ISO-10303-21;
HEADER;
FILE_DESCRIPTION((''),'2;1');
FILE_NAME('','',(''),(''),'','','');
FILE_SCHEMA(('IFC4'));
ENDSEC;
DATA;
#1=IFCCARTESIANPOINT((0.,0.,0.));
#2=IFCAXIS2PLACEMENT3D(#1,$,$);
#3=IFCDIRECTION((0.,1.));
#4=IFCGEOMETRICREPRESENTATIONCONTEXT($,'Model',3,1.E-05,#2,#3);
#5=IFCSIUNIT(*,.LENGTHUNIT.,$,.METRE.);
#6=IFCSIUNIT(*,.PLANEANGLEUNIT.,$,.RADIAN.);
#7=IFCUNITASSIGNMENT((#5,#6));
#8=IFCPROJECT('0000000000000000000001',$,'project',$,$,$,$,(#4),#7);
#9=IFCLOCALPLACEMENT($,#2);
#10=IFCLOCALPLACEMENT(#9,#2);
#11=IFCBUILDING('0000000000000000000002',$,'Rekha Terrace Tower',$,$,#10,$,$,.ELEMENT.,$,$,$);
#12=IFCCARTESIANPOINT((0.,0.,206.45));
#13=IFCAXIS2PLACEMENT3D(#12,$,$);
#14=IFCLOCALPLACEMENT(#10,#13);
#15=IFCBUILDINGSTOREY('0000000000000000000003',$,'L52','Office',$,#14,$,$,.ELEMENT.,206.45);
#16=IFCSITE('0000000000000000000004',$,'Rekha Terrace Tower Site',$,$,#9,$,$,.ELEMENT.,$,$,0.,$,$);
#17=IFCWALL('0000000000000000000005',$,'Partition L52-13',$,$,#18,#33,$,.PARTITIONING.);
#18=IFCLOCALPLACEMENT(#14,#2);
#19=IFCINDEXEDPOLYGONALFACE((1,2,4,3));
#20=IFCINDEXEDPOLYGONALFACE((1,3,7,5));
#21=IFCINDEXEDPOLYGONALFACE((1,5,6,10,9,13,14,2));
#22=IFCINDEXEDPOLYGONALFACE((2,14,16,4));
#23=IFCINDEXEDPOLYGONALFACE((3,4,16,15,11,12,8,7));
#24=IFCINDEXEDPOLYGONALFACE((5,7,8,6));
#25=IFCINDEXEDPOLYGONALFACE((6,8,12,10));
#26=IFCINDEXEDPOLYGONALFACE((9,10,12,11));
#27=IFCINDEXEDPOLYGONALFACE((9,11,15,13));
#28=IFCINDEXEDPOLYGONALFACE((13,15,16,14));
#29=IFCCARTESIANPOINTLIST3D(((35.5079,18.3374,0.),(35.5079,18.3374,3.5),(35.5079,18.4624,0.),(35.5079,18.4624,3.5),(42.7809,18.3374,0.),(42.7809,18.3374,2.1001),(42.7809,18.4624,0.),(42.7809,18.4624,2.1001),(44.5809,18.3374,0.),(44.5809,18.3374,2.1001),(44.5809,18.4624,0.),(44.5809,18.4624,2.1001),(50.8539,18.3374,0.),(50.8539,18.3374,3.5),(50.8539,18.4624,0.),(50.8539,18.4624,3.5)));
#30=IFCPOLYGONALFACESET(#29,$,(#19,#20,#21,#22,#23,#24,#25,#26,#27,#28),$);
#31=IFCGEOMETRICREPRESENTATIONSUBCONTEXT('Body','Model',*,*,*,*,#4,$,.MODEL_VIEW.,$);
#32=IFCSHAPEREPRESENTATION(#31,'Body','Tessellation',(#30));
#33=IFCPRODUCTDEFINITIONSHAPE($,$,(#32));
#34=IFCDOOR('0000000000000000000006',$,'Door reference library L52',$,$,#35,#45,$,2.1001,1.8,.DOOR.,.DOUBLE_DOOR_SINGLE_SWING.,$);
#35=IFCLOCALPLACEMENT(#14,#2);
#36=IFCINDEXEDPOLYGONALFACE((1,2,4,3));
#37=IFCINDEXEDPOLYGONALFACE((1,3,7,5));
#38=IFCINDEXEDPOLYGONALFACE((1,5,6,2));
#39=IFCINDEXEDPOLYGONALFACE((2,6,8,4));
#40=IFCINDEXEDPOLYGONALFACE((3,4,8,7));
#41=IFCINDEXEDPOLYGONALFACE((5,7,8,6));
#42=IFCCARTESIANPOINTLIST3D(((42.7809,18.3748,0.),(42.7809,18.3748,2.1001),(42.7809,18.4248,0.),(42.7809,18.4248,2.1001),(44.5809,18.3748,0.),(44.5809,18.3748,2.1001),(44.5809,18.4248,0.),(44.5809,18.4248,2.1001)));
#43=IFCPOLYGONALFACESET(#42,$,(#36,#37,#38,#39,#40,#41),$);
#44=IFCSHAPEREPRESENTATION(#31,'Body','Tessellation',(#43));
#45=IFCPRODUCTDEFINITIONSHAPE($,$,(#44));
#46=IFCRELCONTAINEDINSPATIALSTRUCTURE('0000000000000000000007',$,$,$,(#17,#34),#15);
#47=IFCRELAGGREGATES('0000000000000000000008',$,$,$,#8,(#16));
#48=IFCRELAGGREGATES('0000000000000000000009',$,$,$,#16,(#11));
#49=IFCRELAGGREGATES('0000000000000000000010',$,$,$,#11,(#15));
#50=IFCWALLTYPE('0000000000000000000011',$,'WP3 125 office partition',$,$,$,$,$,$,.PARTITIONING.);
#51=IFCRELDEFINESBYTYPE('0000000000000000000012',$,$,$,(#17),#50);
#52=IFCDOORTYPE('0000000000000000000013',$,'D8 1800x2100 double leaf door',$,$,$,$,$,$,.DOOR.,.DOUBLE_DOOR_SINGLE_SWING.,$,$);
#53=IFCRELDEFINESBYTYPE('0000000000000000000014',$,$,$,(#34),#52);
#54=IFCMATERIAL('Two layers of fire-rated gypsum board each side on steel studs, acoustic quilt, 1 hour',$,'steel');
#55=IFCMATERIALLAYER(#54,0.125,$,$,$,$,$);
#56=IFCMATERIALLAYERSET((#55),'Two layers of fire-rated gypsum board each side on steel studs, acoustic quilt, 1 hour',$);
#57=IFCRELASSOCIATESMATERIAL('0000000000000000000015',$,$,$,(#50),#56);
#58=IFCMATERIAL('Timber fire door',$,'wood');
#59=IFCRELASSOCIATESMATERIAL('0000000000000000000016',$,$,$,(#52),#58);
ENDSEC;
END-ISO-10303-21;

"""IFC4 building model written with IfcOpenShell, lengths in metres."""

from ifc_helpers import new_model, si_unit, direction, frame, frame_2d, origin, place, context, subcontext, project, spatial, rectangle, extrude, material, layer, layer_set, type_object, element, fill, save


model = new_model("IFC4")

# Units and contexts
model_context = context("Model", 3, precision=1e-05, world=origin(), true_north=direction((0.0, 1.0)))
body_context = subcontext(model_context, "Body", "Model", "MODEL_VIEW")
ifc_project = project(units=[si_unit("LENGTHUNIT", "METRE"), si_unit("PLANEANGLEUNIT", "RADIAN")], contexts=[model_context])

# Site, building, storey
site_placement = place(None, origin())
site = spatial("IfcSite", under=ifc_project, at=site_placement, Name="Rekha Terrace Tower Site", CompositionType="ELEMENT", RefElevation=0.0)
building_placement = place(site_placement, origin())
building = spatial("IfcBuilding", under=site, at=building_placement, Name="Rekha Terrace Tower", CompositionType="ELEMENT")
storey_placement = place(building_placement, frame((0.0, 0.0, 206.45)))
storey = spatial("IfcBuildingStorey", under=building, at=storey_placement, Name="L52", Description="Office", CompositionType="ELEMENT", Elevation=206.45)

# Shared definitions
ifc_material_1 = material(Name="Two layers of fire-rated gypsum board each side on steel studs, acoustic quilt, 1 hour", Category="steel")
ifc_layer_1 = layer(ifc_material_1, 0.125)
ifc_layer_set_1 = layer_set([ifc_layer_1], Name="Two layers of fire-rated gypsum board each side on steel studs, acoustic quilt, 1 hour")
wall_type_1 = type_object("IfcWallType", Name="WP3 125 office partition", PredefinedType="PARTITIONING", material=ifc_layer_set_1)

# Wall, opening, door
wall_1_placement = place(storey_placement, frame((35.5081, 18.3999, 0.0), z_axis=(0.0, 0.0, 1.0), x_axis=(1.0, 0.0, 0.0)))
wall_1 = element("IfcWall", 1, at=wall_1_placement, inside=storey, type_object=wall_type_1, Name="Partition L52-13", PredefinedType="PARTITIONING", context=body_context, shape_type="SweptSolid", body=[
    extrude(rectangle(XDim=15.3459, YDim=0.125, at=frame_2d((7.6729, 0.0))), origin(), (0.0, 0.0, 1.0), 3.5),
])
opening_placement = place(wall_1_placement, frame((7.2729, 0.0, 0.0)))
opening = element("IfcOpeningElement", 2, at=opening_placement, cuts=wall_1, PredefinedType="OPENING", context=body_context, shape_type="SweptSolid", body=[
    extrude(rectangle(XDim=1.8, YDim=2.1001, at=frame_2d((0.8999, 1.05))), frame((0.0, 0.0725, 0.0), z_axis=(0.0, -1.0, 0.0), x_axis=(1.0, 0.0, 0.0)), (0.0, 0.0, 1.0), 0.145),
])
ifc_material_2 = material(Name="Timber fire door", Category="wood")
door_type = type_object("IfcDoorType", Name="D8 1800x2100 double leaf door", OperationType="DOUBLE_DOOR_SINGLE_SWING", PredefinedType="DOOR", material=ifc_material_2)
door_placement = place(opening_placement, origin())
door = element("IfcDoor", 3, at=door_placement, inside=storey, type_object=door_type, Name="Door reference library L52", OperationType="DOUBLE_DOOR_SINGLE_SWING", OverallHeight=2.1001, OverallWidth=1.8, PredefinedType="DOOR", context=body_context, shape_type="SweptSolid", body=[
    extrude(rectangle(XDim=1.8, YDim=2.1001, at=frame_2d((0.8999, 1.05))), frame((0.0, 0.0249, 0.0), z_axis=(0.0, -1.0, 0.0), x_axis=(1.0, 0.0, 0.0)), (0.0, 0.0, 1.0), 0.05),
])
fill(opening, door)

save(model, "model.ifc")
